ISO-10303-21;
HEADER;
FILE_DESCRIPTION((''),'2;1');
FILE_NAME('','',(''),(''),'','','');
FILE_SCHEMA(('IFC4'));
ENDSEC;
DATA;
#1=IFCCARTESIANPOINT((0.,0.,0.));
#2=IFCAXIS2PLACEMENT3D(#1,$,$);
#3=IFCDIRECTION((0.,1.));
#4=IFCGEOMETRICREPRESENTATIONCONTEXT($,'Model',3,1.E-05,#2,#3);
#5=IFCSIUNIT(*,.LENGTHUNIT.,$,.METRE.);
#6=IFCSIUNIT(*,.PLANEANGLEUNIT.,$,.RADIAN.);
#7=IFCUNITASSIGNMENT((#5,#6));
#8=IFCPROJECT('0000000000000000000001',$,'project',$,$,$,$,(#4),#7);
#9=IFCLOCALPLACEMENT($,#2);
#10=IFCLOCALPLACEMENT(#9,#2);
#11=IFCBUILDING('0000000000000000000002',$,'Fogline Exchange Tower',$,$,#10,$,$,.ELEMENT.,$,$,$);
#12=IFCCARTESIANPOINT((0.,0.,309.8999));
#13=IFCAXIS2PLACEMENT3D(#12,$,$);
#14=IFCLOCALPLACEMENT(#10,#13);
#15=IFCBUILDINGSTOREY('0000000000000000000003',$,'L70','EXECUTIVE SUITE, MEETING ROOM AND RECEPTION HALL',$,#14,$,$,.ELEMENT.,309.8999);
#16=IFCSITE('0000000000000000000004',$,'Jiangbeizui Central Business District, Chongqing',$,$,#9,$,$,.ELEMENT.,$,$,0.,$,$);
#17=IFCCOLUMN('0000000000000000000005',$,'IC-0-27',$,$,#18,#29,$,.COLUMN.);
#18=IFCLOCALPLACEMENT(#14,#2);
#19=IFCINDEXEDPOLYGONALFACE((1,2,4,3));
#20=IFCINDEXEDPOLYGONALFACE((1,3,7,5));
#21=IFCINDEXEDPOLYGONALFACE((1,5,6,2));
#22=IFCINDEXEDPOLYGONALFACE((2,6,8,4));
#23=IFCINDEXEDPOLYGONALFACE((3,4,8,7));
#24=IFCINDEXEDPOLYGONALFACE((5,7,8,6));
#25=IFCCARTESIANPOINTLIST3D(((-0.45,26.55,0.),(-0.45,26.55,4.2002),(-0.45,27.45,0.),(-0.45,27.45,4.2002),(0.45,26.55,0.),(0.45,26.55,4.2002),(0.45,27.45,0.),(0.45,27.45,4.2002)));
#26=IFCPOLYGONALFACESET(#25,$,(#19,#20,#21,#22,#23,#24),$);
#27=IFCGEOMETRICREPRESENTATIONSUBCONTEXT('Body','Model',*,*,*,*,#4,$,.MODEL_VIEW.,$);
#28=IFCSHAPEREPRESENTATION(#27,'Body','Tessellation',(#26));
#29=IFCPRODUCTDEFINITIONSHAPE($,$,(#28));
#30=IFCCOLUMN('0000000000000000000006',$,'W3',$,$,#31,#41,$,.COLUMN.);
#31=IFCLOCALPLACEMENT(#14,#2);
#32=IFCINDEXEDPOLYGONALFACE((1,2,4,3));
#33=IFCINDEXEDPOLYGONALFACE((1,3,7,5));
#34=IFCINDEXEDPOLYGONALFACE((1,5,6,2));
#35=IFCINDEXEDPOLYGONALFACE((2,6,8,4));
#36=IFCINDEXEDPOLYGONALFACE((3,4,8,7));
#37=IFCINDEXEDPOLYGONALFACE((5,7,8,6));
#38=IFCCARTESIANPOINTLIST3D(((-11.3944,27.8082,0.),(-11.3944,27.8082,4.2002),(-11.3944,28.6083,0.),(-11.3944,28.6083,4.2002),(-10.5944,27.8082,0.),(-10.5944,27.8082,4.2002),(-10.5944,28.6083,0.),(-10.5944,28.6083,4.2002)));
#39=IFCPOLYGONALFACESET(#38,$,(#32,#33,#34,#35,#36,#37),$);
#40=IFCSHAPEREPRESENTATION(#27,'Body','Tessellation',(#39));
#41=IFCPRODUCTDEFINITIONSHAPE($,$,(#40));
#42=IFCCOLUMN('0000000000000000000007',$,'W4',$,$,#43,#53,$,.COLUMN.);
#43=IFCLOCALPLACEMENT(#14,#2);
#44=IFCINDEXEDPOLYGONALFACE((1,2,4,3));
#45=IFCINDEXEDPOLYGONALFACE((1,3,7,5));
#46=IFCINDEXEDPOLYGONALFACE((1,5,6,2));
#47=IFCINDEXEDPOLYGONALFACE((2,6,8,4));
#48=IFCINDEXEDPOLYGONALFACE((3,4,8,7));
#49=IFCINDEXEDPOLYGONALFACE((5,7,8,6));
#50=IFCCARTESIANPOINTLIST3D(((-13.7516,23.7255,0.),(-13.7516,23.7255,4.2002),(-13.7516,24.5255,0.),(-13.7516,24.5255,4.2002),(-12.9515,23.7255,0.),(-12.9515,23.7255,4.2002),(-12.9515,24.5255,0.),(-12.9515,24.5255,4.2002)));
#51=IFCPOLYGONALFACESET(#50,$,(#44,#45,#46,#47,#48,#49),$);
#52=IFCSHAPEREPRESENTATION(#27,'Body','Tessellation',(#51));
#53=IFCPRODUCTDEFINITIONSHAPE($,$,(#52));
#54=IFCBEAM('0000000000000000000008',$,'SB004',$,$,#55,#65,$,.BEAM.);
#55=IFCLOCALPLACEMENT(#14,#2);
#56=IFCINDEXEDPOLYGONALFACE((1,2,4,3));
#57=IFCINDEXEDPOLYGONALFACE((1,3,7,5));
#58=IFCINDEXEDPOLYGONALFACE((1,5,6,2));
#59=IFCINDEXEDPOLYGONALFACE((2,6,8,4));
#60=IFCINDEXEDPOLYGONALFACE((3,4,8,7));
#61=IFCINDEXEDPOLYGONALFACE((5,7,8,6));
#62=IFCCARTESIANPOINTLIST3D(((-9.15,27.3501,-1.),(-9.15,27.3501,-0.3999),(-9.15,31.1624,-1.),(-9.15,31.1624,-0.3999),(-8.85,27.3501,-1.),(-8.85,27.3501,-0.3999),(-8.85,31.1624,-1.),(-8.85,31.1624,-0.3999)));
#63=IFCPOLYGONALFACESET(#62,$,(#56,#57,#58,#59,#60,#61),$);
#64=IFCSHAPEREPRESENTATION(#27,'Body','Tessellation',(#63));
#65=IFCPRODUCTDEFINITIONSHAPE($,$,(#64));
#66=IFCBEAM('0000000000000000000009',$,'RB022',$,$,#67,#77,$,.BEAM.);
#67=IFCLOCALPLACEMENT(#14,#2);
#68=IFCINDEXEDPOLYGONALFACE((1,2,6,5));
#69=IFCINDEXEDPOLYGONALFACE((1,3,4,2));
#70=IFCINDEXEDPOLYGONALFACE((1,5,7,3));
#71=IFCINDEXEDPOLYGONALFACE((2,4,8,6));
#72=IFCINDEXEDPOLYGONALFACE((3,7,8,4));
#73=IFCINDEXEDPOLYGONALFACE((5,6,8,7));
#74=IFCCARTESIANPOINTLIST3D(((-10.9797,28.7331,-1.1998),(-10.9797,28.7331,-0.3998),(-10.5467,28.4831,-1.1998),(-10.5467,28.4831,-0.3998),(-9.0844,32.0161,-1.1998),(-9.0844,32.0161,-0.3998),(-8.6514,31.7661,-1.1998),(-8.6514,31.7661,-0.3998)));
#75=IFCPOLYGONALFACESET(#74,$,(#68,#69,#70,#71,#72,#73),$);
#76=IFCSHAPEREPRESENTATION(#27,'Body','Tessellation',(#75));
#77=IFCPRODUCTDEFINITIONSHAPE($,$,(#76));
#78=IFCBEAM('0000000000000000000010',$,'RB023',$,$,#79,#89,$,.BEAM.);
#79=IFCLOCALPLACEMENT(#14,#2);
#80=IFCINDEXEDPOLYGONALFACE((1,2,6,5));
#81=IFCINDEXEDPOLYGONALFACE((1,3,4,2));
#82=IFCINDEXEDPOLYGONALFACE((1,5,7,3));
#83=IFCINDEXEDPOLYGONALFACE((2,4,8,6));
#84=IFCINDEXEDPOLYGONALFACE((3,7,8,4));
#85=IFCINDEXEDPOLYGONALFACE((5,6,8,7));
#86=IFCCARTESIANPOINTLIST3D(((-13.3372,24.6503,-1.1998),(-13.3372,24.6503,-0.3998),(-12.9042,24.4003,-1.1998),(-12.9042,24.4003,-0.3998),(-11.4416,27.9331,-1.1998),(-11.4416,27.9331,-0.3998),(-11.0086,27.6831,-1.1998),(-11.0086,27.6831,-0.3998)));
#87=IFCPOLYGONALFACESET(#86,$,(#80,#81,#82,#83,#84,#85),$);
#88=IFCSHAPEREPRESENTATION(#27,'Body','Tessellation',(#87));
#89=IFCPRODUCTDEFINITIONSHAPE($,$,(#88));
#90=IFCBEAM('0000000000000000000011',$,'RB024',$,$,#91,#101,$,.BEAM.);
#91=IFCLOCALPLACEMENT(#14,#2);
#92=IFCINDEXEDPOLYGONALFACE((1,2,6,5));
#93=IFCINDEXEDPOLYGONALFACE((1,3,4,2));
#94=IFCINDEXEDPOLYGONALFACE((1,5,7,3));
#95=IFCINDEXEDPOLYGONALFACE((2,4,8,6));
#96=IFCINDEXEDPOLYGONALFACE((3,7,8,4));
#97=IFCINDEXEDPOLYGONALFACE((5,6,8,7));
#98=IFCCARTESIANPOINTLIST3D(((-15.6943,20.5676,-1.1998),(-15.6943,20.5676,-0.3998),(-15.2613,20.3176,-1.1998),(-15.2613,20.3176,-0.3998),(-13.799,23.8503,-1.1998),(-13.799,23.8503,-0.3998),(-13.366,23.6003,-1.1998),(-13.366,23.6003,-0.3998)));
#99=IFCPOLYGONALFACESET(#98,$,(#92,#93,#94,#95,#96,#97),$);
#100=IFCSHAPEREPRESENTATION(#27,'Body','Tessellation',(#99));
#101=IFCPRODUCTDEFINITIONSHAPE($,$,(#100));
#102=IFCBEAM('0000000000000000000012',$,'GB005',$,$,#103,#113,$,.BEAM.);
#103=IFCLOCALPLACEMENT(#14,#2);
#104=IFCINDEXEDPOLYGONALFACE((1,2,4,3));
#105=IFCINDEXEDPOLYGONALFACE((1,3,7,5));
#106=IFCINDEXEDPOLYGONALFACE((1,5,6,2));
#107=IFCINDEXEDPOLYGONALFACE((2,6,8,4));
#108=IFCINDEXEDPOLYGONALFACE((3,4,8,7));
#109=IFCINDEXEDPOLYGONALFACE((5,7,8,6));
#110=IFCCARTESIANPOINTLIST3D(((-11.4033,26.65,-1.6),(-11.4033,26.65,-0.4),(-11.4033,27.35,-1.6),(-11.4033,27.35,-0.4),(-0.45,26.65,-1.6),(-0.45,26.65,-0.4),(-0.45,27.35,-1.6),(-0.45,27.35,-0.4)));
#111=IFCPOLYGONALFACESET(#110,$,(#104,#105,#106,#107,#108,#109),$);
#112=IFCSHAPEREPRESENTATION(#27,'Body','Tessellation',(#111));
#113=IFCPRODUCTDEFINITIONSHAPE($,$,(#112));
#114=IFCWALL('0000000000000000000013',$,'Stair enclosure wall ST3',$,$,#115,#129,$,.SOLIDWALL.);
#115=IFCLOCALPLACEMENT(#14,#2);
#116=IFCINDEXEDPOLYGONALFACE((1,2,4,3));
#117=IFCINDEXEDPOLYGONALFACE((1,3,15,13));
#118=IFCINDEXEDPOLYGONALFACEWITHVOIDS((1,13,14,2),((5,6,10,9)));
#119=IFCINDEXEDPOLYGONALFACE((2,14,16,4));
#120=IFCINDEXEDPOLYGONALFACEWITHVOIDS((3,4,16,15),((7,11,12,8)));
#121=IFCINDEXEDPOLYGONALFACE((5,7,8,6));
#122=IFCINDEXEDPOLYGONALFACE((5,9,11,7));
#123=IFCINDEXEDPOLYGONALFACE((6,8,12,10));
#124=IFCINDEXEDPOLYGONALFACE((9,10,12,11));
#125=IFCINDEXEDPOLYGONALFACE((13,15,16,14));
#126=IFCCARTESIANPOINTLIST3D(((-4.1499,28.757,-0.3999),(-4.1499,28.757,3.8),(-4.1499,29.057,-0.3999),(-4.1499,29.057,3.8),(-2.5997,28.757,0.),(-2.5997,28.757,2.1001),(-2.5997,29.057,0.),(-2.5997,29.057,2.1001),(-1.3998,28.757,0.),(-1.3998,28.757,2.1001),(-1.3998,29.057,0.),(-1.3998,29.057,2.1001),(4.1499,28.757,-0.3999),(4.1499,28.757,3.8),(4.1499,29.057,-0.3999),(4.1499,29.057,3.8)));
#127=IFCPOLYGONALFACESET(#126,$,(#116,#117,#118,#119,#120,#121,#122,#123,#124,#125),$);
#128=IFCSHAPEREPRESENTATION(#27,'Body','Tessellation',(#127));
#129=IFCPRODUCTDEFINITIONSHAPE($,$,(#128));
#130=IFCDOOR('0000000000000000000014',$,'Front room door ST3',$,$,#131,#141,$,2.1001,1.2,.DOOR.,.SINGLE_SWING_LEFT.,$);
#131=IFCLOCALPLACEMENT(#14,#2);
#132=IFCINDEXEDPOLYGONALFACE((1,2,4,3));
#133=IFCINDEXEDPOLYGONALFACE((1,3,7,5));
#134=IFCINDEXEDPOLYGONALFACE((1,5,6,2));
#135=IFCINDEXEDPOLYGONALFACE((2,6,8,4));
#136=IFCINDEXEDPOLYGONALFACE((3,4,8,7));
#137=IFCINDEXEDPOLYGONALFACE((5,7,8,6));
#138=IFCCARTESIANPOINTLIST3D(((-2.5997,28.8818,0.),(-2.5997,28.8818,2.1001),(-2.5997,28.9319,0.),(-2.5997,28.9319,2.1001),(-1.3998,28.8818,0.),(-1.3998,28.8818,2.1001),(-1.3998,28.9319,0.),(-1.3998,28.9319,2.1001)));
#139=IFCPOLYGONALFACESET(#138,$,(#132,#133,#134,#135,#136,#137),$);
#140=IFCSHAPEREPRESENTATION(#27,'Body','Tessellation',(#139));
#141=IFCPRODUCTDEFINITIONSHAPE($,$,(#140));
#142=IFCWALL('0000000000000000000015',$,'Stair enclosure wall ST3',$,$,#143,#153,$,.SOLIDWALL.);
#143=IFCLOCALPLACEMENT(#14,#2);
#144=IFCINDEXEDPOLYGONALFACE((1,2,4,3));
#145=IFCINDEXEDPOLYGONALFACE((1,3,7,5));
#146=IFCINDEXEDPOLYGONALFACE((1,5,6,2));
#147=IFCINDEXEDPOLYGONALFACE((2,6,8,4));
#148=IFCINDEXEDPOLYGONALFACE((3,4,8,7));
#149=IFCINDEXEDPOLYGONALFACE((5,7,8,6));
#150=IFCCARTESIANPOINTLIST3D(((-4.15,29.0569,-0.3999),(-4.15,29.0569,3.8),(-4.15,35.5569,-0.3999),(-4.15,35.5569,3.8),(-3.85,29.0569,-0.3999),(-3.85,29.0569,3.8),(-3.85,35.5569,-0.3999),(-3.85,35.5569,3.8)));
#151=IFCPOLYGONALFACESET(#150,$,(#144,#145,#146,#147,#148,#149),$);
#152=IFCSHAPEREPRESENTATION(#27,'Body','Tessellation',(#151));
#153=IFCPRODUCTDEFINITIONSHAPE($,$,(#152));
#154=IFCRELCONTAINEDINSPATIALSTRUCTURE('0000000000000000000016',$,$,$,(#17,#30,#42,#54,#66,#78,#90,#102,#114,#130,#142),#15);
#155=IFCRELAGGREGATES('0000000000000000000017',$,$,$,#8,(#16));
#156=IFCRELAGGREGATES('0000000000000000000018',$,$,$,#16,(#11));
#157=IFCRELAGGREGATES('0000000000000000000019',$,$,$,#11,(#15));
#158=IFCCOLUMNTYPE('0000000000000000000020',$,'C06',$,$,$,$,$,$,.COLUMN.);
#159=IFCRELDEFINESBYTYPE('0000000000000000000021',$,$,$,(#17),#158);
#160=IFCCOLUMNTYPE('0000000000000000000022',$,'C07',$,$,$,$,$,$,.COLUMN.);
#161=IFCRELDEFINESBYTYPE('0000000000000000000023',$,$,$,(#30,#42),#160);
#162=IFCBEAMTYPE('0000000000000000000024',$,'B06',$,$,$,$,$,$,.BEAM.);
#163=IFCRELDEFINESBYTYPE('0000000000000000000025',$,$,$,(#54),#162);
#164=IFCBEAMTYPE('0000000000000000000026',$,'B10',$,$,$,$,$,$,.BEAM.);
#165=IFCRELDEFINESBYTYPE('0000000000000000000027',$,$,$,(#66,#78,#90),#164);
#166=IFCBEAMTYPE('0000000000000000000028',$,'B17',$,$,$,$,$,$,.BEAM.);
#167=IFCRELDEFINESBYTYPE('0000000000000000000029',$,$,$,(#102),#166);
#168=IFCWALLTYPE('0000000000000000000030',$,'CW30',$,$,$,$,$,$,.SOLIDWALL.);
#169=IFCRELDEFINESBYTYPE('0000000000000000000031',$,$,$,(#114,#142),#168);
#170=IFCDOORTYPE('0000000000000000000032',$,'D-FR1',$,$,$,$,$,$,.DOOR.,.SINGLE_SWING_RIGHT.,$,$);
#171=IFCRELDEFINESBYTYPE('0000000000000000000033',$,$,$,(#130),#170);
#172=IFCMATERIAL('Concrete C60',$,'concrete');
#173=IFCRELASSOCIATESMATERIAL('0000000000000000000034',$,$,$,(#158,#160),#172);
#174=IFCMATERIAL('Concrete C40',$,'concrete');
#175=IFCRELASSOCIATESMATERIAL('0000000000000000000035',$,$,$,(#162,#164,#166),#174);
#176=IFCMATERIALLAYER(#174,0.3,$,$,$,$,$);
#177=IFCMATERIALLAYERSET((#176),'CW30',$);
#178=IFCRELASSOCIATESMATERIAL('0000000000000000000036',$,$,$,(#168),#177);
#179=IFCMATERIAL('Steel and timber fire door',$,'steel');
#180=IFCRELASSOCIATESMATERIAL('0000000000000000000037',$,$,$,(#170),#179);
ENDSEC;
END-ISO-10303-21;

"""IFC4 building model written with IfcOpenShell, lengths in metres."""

from ifc_helpers import new_model, si_unit, direction, frame, frame_2d, origin, origin_2d, place, context, subcontext, project, spatial, rectangle, extrude, material, layer, layer_set, material_profile, profile_set, type_object, element, fill, save


model = new_model("IFC4")

# Units and contexts
model_context = context("Model", 3, precision=1e-05, world=origin(), true_north=direction((0.0, 1.0)))
body_context = subcontext(model_context, "Body", "Model", "MODEL_VIEW")
ifc_project = project(units=[si_unit("LENGTHUNIT", "METRE"), si_unit("PLANEANGLEUNIT", "RADIAN")], contexts=[model_context])

# Site, building, storey
site_placement = place(None, origin())
site = spatial("IfcSite", under=ifc_project, at=site_placement, Name="Jiangbeizui Central Business District, Chongqing", CompositionType="ELEMENT", RefElevation=0.0)
building_placement = place(site_placement, origin())
building = spatial("IfcBuilding", under=site, at=building_placement, Name="Fogline Exchange Tower", CompositionType="ELEMENT")
storey_placement = place(building_placement, frame((0.0, 0.0, 309.8999)))
storey = spatial("IfcBuildingStorey", under=building, at=storey_placement, Name="L70", Description="EXECUTIVE SUITE, MEETING ROOM AND RECEPTION HALL", CompositionType="ELEMENT", Elevation=309.8999)

# Columns
ifc_material_1 = material(Name="Concrete C60", Category="concrete")
ifc_material_profile_1 = material_profile(ifc_material_1, rectangle(XDim=0.8999, YDim=0.8999, at=origin_2d()), Name="RC 900x900")
ifc_profile_set_1 = profile_set([ifc_material_profile_1], Name="Concrete C60")
column_type_1 = type_object("IfcColumnType", Name="C06", PredefinedType="COLUMN", material=ifc_profile_set_1)
column_placement = place(storey_placement, frame((0.0, 27.0, 0.0), z_axis=(0.0, 0.0, 1.0), x_axis=(1.0, 0.0, 0.0)))
element("IfcColumn", 1, at=column_placement, inside=storey, type_object=column_type_1, Name="IC-0-27", PredefinedType="COLUMN", context=body_context, shape_type="SweptSolid", body=[
    extrude(rectangle(XDim=0.8999, YDim=0.8999, at=origin_2d()), origin(), (0.0, 0.0, 1.0), 4.2002),
])
ifc_material_profile_2 = material_profile(ifc_material_1, rectangle(XDim=0.8, YDim=0.8, at=origin_2d()), Name="RC 800x800")
ifc_profile_set_2 = profile_set([ifc_material_profile_2], Name="Concrete C60")
column_type_2 = type_object("IfcColumnType", Name="C07", PredefinedType="COLUMN", material=ifc_profile_set_2)
for number, where, z_axis, x_axis, name in (
    (2, (-10.9944, 28.2083, 0.0), (0.0, 0.0, 1.0), (1.0, 0.0, 0.0), "W3"),
    (3, (-13.3516, 24.1255, 0.0), (0.0, 0.0, 1.0), (1.0, 0.0, 0.0), "W4"),
):
    element("IfcColumn", number, at=place(storey_placement, frame(where, z_axis=z_axis, x_axis=x_axis)), inside=storey, type_object=column_type_2, Name=name, PredefinedType="COLUMN", context=body_context, shape_type="SweptSolid", body=[
        extrude(rectangle(XDim=0.8, YDim=0.8, at=origin_2d()), origin(), (0.0, 0.0, 1.0), 4.2002),
    ])

# Beams
ifc_material_2 = material(Name="Concrete C40", Category="concrete")
ifc_material_profile_3 = material_profile(ifc_material_2, rectangle(XDim=0.3, YDim=0.6001, at=origin_2d()), Name="RC 300x600")
ifc_profile_set_3 = profile_set([ifc_material_profile_3], Name="Concrete C40")
beam_type_1 = type_object("IfcBeamType", Name="B06", PredefinedType="BEAM", material=ifc_profile_set_3)
beam_1_placement = place(storey_placement, frame((-9.0, 27.3501, -0.7), z_axis=(0.0, 1.0, 0.0), x_axis=(-1.0, 0.0, 0.0)))
element("IfcBeam", 4, at=beam_1_placement, inside=storey, type_object=beam_type_1, Name="SB004", PredefinedType="BEAM", context=body_context, shape_type="SweptSolid", body=[
    extrude(rectangle(XDim=0.3, YDim=0.6001, at=origin_2d()), origin(), (0.0, 0.0, 1.0), 3.8123),
])
ifc_material_profile_4 = material_profile(ifc_material_2, rectangle(XDim=0.5, YDim=0.8, at=origin_2d()), Name="RC 500x800")
ifc_profile_set_4 = profile_set([ifc_material_profile_4], Name="Concrete C40")
beam_type_2 = type_object("IfcBeamType", Name="B10", PredefinedType="BEAM", material=ifc_profile_set_4)
for number, where, z_axis, x_axis, name in (
    (5, (-8.8679, 31.8911, -0.7998), (-0.49997, -0.866043, 0.0), (0.866043, -0.49997, 0.0), "RB022"),
    (6, (-11.2251, 27.8081, -0.7998), (-0.500046, -0.865999, 0.0), (0.865999, -0.500046, 0.0), "RB023"),
):
    element("IfcBeam", number, at=place(storey_placement, frame(where, z_axis=z_axis, x_axis=x_axis)), inside=storey, type_object=beam_type_2, Name=name, PredefinedType="BEAM", context=body_context, shape_type="SweptSolid", body=[
        extrude(rectangle(XDim=0.5, YDim=0.8, at=origin_2d()), origin(), (0.0, 0.0, 1.0), 3.7908),
    ])
beam_2_placement = place(storey_placement, frame((-13.5825, 23.7253, -0.7998), z_axis=(-0.499998, -0.866027, 0.0), x_axis=(0.866027, -0.499998, 0.0)))
element("IfcBeam", 7, at=beam_2_placement, inside=storey, type_object=beam_type_2, Name="RB024", PredefinedType="BEAM", context=body_context, shape_type="SweptSolid", body=[
    extrude(rectangle(XDim=0.5, YDim=0.8, at=origin_2d()), origin(), (0.0, 0.0, 1.0), 3.7905),
])
ifc_material_profile_5 = material_profile(ifc_material_2, rectangle(XDim=0.7, YDim=1.2, at=origin_2d()), Name="RC 700x1200")
ifc_profile_set_5 = profile_set([ifc_material_profile_5], Name="Concrete C40")
beam_type_3 = type_object("IfcBeamType", Name="B17", PredefinedType="BEAM", material=ifc_profile_set_5)
beam_3_placement = place(storey_placement, frame((-11.4033, 27.0, -1.0), z_axis=(1.0, 0.0, 0.0), x_axis=(0.0, 1.0, 0.0)))
element("IfcBeam", 8, at=beam_3_placement, inside=storey, type_object=beam_type_3, Name="GB005", PredefinedType="BEAM", context=body_context, shape_type="SweptSolid", body=[
    extrude(rectangle(XDim=0.7, YDim=1.2, at=origin_2d()), origin(), (0.0, 0.0, 1.0), 10.9534),
])

# Wall, opening, door
ifc_layer_1 = layer(ifc_material_2, 0.3)
ifc_layer_set_1 = layer_set([ifc_layer_1], Name="CW30")
wall_type_1 = type_object("IfcWallType", Name="CW30", PredefinedType="SOLIDWALL", material=ifc_layer_set_1)
wall_1_placement = place(storey_placement, frame((-4.1499, 28.907, -0.3999), z_axis=(0.0, 0.0, 1.0), x_axis=(1.0, 0.0, 0.0)))
wall_1 = element("IfcWall", 9, at=wall_1_placement, inside=storey, type_object=wall_type_1, Name="Stair enclosure wall ST3", PredefinedType="SOLIDWALL", context=body_context, shape_type="SweptSolid", body=[
    extrude(rectangle(XDim=8.2998, YDim=0.3, at=frame_2d((4.1499, 0.0))), origin(), (0.0, 0.0, 1.0), 4.2),
])
opening_1_placement = place(wall_1_placement, frame((1.55, 0.0, 0.3999)))
opening_1 = element("IfcOpeningElement", 10, at=opening_1_placement, cuts=wall_1, PredefinedType="OPENING", context=body_context, shape_type="SweptSolid", body=[
    extrude(rectangle(XDim=1.2, YDim=2.1001, at=frame_2d((0.6001, 1.05))), frame((0.0, 0.1602, 0.0), z_axis=(0.0, -1.0, 0.0), x_axis=(1.0, 0.0, 0.0)), (0.0, 0.0, 1.0), 0.3201),
])
ifc_material_3 = material(Name="Steel and timber fire door", Category="steel")
door_type_1 = type_object("IfcDoorType", Name="D-FR1", OperationType="SINGLE_SWING_RIGHT", PredefinedType="DOOR", material=ifc_material_3)
door_1_placement = place(opening_1_placement, origin())
door_1 = element("IfcDoor", 11, at=door_1_placement, inside=storey, type_object=door_type_1, Name="Front room door ST3", OperationType="SINGLE_SWING_LEFT", OverallHeight=2.1001, OverallWidth=1.2, PredefinedType="DOOR", context=body_context, shape_type="SweptSolid", body=[
    extrude(rectangle(XDim=1.2, YDim=2.1001, at=frame_2d((0.6001, 1.05))), frame((0.0, 0.0249, 0.0), z_axis=(0.0, -1.0, 0.0), x_axis=(1.0, 0.0, 0.0)), (0.0, 0.0, 1.0), 0.05),
])
fill(opening_1, door_1)

# Wall
wall_2_placement = place(storey_placement, frame((-4.0, 29.0569, -0.3999), z_axis=(0.0, 0.0, 1.0), x_axis=(0.0, 1.0, 0.0)))
element("IfcWall", 12, at=wall_2_placement, inside=storey, type_object=wall_type_1, Name="Stair enclosure wall ST3", PredefinedType="SOLIDWALL", context=body_context, shape_type="SweptSolid", body=[
    extrude(rectangle(XDim=6.5, YDim=0.3, at=frame_2d((3.25, 0.0))), origin(), (0.0, 0.0, 1.0), 4.2),
])

save(model, "model.ifc")
